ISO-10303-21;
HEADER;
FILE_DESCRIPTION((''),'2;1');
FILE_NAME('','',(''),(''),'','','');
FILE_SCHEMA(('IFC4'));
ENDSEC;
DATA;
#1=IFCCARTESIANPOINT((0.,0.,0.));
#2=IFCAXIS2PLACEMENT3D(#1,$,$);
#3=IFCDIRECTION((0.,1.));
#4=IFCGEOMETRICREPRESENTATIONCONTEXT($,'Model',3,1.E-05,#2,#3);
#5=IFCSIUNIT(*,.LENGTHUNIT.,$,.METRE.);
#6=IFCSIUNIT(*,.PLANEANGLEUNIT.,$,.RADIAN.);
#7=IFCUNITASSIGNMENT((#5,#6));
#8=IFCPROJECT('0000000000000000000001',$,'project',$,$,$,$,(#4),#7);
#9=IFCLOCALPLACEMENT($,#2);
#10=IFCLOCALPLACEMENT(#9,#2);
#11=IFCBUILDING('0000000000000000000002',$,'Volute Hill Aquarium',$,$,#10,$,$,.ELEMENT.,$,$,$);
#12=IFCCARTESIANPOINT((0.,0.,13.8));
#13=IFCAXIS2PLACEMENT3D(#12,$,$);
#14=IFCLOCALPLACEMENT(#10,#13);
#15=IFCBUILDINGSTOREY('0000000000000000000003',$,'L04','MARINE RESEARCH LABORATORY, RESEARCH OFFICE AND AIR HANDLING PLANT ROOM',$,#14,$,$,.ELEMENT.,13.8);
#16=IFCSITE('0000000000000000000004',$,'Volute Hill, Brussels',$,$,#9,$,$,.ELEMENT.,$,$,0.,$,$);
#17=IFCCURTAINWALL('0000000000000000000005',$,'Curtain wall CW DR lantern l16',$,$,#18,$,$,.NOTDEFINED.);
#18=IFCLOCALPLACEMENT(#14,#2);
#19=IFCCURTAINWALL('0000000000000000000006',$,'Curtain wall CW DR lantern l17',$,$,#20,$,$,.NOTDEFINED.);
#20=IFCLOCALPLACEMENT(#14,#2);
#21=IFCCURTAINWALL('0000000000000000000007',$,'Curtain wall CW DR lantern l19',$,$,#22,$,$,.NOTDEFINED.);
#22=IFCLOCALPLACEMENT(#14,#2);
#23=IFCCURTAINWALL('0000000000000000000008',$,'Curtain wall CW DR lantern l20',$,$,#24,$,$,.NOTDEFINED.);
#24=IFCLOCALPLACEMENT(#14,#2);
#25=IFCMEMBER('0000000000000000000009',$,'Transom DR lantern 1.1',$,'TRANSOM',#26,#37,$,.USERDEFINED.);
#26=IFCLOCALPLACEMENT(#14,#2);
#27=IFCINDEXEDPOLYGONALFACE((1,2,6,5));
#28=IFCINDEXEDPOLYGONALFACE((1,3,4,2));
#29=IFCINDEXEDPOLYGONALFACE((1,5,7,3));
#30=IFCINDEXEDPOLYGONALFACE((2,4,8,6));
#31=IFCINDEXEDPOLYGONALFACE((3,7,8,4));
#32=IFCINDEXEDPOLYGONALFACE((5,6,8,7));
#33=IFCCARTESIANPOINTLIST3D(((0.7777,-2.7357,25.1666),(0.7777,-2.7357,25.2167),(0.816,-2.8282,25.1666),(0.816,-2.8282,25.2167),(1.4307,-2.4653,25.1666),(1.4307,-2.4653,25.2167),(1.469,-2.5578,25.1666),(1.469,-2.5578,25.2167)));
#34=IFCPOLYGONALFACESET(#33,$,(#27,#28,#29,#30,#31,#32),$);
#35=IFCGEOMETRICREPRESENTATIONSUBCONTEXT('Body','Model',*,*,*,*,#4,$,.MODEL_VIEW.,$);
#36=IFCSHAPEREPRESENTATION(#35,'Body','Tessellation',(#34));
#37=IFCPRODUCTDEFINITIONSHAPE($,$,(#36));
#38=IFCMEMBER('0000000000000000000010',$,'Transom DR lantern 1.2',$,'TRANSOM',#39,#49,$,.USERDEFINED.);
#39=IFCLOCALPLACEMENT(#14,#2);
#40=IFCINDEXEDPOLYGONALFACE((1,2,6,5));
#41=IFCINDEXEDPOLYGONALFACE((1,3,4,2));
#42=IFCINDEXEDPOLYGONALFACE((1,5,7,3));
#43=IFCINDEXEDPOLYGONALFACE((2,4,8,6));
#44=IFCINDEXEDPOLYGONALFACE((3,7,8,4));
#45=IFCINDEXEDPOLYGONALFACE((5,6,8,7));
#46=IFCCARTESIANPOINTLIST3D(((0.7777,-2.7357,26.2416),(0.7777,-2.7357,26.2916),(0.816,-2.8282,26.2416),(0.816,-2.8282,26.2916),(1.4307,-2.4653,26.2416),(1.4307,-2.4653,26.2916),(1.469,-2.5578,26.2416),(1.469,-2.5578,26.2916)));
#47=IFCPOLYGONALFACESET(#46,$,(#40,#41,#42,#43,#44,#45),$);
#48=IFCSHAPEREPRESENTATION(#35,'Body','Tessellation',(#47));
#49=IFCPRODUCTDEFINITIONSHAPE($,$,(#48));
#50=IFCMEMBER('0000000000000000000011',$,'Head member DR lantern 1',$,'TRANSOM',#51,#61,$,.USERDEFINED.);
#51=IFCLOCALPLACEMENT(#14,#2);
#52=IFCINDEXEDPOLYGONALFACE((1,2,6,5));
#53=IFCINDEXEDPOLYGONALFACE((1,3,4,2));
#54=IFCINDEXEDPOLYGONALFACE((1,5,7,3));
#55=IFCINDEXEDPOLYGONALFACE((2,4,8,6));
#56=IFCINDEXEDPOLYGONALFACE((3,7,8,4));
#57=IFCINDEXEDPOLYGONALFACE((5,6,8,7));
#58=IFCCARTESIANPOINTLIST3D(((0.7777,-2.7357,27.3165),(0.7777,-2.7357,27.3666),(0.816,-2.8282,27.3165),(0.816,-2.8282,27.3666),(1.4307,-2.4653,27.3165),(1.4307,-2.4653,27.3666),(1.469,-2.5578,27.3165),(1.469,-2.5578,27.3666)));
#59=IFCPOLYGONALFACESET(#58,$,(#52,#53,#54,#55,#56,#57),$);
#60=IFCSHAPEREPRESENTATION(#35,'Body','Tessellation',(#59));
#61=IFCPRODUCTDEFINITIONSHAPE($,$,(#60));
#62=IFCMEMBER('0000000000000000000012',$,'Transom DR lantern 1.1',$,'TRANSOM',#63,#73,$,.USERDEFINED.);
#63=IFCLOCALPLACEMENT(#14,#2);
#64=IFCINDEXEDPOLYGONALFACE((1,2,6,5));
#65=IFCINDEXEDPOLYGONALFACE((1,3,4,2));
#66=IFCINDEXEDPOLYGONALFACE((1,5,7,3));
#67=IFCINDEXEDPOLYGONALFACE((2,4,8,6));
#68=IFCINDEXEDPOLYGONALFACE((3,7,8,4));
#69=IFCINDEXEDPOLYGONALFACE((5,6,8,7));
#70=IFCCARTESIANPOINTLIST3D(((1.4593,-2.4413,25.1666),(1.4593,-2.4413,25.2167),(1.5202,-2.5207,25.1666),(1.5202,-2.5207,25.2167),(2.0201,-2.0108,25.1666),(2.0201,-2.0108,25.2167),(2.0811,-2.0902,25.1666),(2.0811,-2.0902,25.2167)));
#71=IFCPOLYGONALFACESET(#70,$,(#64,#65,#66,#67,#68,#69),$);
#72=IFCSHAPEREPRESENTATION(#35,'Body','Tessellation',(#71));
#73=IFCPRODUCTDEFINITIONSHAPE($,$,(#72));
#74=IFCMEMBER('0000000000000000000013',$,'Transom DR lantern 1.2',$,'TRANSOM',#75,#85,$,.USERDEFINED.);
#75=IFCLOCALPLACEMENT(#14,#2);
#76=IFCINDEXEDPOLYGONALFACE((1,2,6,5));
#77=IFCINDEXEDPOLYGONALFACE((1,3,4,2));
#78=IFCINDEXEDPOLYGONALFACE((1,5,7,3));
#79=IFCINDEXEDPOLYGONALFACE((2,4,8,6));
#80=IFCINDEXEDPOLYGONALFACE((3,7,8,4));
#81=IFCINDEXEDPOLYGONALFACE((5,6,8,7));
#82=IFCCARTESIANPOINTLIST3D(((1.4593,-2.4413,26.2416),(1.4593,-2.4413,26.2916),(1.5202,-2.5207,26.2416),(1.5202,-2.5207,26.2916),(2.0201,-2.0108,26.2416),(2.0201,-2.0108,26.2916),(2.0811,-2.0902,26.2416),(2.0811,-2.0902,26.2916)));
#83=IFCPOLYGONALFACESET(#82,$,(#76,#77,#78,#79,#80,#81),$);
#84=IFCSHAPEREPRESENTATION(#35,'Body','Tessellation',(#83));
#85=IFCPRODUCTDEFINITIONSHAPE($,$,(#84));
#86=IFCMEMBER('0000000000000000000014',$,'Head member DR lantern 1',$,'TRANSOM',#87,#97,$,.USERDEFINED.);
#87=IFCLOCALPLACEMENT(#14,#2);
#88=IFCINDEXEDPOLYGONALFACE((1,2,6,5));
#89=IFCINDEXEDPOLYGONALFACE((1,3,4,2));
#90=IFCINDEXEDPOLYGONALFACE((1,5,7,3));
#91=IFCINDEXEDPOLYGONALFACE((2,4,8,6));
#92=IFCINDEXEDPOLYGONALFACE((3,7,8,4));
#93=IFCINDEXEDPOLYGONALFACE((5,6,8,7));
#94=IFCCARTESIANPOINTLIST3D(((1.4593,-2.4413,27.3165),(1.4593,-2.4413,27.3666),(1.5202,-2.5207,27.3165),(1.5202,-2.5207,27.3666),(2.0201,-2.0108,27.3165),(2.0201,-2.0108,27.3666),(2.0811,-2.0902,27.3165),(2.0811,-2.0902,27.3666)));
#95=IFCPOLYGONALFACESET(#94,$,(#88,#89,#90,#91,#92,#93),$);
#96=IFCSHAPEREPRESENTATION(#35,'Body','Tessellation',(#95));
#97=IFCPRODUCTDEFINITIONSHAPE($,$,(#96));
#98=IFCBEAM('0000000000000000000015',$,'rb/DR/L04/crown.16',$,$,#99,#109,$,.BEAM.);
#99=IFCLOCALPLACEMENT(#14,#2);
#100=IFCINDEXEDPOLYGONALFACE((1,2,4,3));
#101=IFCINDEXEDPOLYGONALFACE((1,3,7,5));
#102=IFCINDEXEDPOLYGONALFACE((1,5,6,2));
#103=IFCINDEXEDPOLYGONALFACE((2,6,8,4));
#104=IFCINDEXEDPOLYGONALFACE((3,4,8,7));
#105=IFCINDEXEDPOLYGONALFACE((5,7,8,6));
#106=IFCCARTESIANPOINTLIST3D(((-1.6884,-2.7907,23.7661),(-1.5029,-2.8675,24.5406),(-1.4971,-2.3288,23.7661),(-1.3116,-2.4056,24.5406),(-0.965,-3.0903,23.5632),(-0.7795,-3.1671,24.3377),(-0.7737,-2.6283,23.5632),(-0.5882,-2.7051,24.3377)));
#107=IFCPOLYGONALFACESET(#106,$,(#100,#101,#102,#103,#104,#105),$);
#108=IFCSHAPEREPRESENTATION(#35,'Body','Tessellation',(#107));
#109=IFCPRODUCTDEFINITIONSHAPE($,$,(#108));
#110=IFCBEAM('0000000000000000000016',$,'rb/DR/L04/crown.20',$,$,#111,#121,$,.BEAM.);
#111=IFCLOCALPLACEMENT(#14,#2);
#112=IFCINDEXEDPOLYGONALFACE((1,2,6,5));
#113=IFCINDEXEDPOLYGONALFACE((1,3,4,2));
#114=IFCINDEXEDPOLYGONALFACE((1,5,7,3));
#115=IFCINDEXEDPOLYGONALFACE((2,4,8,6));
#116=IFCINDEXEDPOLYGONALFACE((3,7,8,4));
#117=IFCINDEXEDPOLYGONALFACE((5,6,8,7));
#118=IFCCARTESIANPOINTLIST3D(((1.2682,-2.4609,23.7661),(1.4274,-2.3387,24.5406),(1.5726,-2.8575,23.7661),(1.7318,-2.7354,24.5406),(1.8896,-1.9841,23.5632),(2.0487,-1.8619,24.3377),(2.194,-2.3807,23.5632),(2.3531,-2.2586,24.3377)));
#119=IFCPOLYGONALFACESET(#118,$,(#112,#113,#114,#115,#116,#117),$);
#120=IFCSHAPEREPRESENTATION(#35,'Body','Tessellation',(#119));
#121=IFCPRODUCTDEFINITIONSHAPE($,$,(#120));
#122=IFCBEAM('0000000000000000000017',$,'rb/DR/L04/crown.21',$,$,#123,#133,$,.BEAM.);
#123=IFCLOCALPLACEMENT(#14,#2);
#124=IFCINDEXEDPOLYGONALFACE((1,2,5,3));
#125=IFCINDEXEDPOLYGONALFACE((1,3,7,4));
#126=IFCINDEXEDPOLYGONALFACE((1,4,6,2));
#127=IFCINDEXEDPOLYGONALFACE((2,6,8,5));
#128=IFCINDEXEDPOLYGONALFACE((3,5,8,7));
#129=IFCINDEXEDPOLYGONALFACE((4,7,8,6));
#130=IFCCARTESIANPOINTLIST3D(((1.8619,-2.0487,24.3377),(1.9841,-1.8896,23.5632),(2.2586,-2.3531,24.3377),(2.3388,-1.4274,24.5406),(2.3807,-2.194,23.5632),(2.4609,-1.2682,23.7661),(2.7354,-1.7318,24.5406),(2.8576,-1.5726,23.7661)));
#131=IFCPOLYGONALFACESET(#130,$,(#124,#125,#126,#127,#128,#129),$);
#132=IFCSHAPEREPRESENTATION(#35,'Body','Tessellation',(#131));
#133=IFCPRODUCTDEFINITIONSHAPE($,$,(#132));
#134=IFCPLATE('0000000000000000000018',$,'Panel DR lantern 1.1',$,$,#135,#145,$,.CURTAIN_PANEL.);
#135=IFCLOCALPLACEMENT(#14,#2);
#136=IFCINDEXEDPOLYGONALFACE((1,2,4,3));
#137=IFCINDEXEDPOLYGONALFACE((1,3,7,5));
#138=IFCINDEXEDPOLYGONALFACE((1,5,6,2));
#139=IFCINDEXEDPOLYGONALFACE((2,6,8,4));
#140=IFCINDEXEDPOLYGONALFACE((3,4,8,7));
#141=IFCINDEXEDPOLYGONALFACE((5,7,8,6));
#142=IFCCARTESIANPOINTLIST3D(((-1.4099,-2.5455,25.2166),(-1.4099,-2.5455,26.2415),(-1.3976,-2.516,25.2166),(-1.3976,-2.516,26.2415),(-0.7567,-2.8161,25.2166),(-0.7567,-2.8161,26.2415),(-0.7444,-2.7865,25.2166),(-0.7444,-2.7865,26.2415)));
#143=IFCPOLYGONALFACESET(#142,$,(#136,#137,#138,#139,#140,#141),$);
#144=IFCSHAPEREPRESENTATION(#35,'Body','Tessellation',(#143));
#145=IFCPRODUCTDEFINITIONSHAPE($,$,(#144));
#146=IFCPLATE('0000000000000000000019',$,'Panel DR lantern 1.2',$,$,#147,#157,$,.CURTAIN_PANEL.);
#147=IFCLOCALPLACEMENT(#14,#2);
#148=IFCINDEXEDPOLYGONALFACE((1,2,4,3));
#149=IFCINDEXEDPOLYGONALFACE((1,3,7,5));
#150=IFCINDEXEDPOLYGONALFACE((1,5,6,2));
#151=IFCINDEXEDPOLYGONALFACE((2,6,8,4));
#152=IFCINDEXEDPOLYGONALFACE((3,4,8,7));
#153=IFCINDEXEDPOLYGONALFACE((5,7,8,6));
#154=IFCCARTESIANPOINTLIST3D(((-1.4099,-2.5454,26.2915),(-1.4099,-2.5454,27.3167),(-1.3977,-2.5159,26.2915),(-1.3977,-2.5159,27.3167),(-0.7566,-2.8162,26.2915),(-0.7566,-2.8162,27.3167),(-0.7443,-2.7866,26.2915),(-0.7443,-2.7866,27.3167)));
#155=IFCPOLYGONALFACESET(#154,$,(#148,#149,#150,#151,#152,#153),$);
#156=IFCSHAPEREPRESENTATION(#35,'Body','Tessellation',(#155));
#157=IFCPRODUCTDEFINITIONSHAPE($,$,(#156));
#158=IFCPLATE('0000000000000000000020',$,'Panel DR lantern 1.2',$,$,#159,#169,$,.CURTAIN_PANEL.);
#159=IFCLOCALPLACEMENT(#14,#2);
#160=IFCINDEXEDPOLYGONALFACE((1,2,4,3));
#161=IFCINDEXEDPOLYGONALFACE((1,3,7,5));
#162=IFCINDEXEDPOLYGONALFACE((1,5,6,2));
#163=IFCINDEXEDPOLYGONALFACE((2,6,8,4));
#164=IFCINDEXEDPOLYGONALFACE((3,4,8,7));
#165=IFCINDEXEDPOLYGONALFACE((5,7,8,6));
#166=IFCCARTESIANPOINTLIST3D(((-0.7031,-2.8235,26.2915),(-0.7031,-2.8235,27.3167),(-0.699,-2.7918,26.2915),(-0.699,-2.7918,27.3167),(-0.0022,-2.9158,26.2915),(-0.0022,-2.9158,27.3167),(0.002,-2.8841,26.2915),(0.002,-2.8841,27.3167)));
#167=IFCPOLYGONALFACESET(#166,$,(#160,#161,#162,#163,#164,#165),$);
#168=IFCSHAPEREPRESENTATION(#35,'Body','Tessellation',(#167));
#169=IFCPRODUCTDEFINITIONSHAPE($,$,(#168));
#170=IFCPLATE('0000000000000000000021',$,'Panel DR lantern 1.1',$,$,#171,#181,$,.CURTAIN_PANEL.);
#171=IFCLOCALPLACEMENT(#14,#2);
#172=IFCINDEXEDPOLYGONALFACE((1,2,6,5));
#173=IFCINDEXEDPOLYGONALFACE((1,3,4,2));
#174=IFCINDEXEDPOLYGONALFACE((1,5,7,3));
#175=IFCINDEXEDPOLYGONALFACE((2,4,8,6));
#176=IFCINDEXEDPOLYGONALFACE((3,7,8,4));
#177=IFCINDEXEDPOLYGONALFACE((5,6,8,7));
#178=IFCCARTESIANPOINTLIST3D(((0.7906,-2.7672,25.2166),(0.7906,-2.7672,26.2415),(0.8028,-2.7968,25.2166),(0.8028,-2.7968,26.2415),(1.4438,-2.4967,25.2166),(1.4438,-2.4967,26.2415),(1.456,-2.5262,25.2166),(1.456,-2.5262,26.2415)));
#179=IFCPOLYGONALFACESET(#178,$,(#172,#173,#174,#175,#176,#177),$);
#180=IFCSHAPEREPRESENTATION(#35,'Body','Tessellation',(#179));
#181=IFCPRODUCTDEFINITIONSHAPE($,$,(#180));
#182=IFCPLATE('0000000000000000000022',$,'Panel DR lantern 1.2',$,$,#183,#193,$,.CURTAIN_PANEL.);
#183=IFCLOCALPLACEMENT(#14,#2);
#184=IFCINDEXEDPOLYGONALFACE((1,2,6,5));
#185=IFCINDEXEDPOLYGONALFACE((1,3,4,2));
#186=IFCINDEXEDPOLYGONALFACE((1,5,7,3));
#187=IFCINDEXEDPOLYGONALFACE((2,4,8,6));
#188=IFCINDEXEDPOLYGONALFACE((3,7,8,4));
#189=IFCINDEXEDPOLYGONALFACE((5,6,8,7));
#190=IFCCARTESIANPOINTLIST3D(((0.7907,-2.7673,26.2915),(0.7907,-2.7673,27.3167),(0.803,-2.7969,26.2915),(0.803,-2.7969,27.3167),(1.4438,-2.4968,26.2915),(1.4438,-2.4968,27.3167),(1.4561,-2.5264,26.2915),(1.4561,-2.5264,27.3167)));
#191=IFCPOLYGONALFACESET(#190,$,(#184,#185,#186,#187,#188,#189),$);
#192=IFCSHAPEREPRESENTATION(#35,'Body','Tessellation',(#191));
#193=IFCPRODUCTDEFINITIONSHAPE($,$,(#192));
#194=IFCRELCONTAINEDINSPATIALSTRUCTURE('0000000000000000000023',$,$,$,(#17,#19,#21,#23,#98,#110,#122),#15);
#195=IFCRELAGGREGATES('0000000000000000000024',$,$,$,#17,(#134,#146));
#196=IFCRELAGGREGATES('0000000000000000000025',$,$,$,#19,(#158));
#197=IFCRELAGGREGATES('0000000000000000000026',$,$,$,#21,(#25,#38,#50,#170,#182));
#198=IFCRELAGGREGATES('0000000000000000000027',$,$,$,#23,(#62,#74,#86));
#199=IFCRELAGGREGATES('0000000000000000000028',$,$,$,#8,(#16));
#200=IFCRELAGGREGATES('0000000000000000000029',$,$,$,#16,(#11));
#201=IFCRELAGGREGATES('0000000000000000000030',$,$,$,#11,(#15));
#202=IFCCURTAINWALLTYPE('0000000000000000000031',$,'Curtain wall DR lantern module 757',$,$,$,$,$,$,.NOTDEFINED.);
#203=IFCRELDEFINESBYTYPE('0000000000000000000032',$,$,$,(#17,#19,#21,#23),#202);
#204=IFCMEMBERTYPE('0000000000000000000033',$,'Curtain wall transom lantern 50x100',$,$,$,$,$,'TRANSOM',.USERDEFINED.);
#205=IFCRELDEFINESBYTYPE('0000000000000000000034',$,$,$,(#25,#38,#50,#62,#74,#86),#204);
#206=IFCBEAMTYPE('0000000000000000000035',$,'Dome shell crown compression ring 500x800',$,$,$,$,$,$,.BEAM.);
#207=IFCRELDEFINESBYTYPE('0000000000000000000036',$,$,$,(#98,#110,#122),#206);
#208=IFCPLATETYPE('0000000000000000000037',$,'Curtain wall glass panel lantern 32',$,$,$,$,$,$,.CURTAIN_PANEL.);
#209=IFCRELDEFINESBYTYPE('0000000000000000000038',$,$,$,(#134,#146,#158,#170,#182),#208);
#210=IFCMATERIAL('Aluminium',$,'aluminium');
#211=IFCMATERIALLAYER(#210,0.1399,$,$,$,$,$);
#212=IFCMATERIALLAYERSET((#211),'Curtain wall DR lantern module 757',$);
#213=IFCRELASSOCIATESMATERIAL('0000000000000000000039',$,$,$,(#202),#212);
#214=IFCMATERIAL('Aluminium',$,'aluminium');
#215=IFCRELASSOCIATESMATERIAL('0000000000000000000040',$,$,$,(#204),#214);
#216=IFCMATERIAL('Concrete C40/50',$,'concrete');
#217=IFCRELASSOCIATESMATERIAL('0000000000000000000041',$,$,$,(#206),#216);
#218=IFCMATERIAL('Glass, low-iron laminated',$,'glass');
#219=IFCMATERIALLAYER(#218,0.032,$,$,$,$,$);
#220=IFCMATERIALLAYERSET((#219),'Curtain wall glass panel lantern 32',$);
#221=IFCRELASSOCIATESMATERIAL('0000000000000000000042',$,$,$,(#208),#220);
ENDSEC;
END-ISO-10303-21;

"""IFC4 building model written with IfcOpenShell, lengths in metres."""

from ifc_helpers import new_model, si_unit, direction, frame, origin, origin_2d, place, context, subcontext, project, spatial, polyline, rectangle, outline, extrude, material, layer, layer_set, material_profile, profile_set, type_object, element, aggregate, save


model = new_model("IFC4")

# Units and contexts
model_context = context("Model", 3, precision=1e-05, world=origin(), true_north=direction((0.0, 1.0)))
body_context = subcontext(model_context, "Body", "Model", "MODEL_VIEW")
ifc_project = project(units=[si_unit("LENGTHUNIT", "METRE"), si_unit("PLANEANGLEUNIT", "RADIAN")], contexts=[model_context])

# Site, building, storey
site_placement = place(None, origin())
site = spatial("IfcSite", under=ifc_project, at=site_placement, Name="Volute Hill, Brussels", CompositionType="ELEMENT", RefElevation=0.0)
building_placement = place(site_placement, origin())
building = spatial("IfcBuilding", under=site, at=building_placement, Name="Volute Hill Aquarium", CompositionType="ELEMENT")
storey_placement = place(building_placement, frame((0.0, 0.0, 13.8)))
storey = spatial("IfcBuildingStorey", under=building, at=storey_placement, Name="L04", Description="MARINE RESEARCH LABORATORY, RESEARCH OFFICE AND AIR HANDLING PLANT ROOM", CompositionType="ELEMENT", Elevation=13.8)

# Curtain walls
ifc_material_1 = material(Name="Aluminium", Category="aluminium")
ifc_layer_1 = layer(ifc_material_1, 0.1399)
ifc_layer_set_1 = layer_set([ifc_layer_1], Name="Curtain wall DR lantern module 757")
curtain_wall_type = type_object("IfcCurtainWallType", Name="Curtain wall DR lantern module 757", PredefinedType="NOTDEFINED", material=ifc_layer_set_1)
curtain_wall_1_placement = place(storey_placement, origin())
curtain_wall_1 = element("IfcCurtainWall", 1, at=curtain_wall_1_placement, inside=storey, type_object=curtain_wall_type, Name="Curtain wall CW DR lantern l16", PredefinedType="NOTDEFINED")
curtain_wall_2_placement = place(storey_placement, origin())
curtain_wall_2 = element("IfcCurtainWall", 2, at=curtain_wall_2_placement, inside=storey, type_object=curtain_wall_type, Name="Curtain wall CW DR lantern l17", PredefinedType="NOTDEFINED")
curtain_wall_3_placement = place(storey_placement, origin())
curtain_wall_3 = element("IfcCurtainWall", 3, at=curtain_wall_3_placement, inside=storey, type_object=curtain_wall_type, Name="Curtain wall CW DR lantern l19", PredefinedType="NOTDEFINED")
curtain_wall_4_placement = place(storey_placement, origin())
curtain_wall_4 = element("IfcCurtainWall", 4, at=curtain_wall_4_placement, inside=storey, type_object=curtain_wall_type, Name="Curtain wall CW DR lantern l20", PredefinedType="NOTDEFINED")

# Members
ifc_material_2 = material(Name="Aluminium", Category="aluminium")
ifc_material_profile_1 = material_profile(ifc_material_2, rectangle(XDim=0.1001, YDim=0.05, at=origin_2d()), Name="Curtain wall transom lantern 50x100")
ifc_profile_set_1 = profile_set([ifc_material_profile_1], Name="Aluminium")
member_type_1 = type_object("IfcMemberType", Name="Curtain wall transom lantern 50x100", ElementType="TRANSOM", PredefinedType="USERDEFINED", material=ifc_profile_set_1)
member_1_placement = place(storey_placement, frame((0.7969, -2.782, 25.1917), z_axis=(0.923882, 0.382677, 0.0), x_axis=(-0.382677, 0.923882, 0.0)))
member_1 = element("IfcMember", 5, at=member_1_placement, type_object=member_type_1, Name="Transom DR lantern 1.1", ObjectType="TRANSOM", PredefinedType="USERDEFINED", context=body_context, shape_type="SweptSolid", body=[
    extrude(rectangle(XDim=0.1001, YDim=0.05, at=origin_2d()), origin(), (0.0, 0.0, 1.0), 0.7068),
])
member_2_placement = place(storey_placement, frame((0.7969, -2.782, 26.2666), z_axis=(0.923882, 0.382677, 0.0), x_axis=(-0.382677, 0.923882, 0.0)))
member_2 = element("IfcMember", 6, at=member_2_placement, type_object=member_type_1, Name="Transom DR lantern 1.2", ObjectType="TRANSOM", PredefinedType="USERDEFINED", context=body_context, shape_type="SweptSolid", body=[
    extrude(rectangle(XDim=0.1001, YDim=0.05, at=origin_2d()), origin(), (0.0, 0.0, 1.0), 0.7068),
])
member_3_placement = place(storey_placement, frame((0.7969, -2.782, 27.3416), z_axis=(0.923882, 0.382677, 0.0), x_axis=(-0.382677, 0.923882, 0.0)))
member_3 = element("IfcMember", 7, at=member_3_placement, type_object=member_type_1, Name="Head member DR lantern 1", ObjectType="TRANSOM", PredefinedType="USERDEFINED", context=body_context, shape_type="SweptSolid", body=[
    extrude(rectangle(XDim=0.1001, YDim=0.05, at=origin_2d()), origin(), (0.0, 0.0, 1.0), 0.7068),
])
member_4_placement = place(storey_placement, frame((1.4897, -2.481, 25.1917), z_axis=(0.793278, 0.608859, 0.0), x_axis=(-0.608859, 0.793278, 0.0)))
member_4 = element("IfcMember", 8, at=member_4_placement, type_object=member_type_1, Name="Transom DR lantern 1.1", ObjectType="TRANSOM", PredefinedType="USERDEFINED", context=body_context, shape_type="SweptSolid", body=[
    extrude(rectangle(XDim=0.1001, YDim=0.05, at=origin_2d()), origin(), (0.0, 0.0, 1.0), 0.707),
])
member_5_placement = place(storey_placement, frame((1.4897, -2.481, 26.2666), z_axis=(0.793278, 0.608859, 0.0), x_axis=(-0.608859, 0.793278, 0.0)))
member_5 = element("IfcMember", 9, at=member_5_placement, type_object=member_type_1, Name="Transom DR lantern 1.2", ObjectType="TRANSOM", PredefinedType="USERDEFINED", context=body_context, shape_type="SweptSolid", body=[
    extrude(rectangle(XDim=0.1001, YDim=0.05, at=origin_2d()), origin(), (0.0, 0.0, 1.0), 0.707),
])
member_6_placement = place(storey_placement, frame((1.4897, -2.481, 27.3416), z_axis=(0.793278, 0.608859, 0.0), x_axis=(-0.608859, 0.793278, 0.0)))
member_6 = element("IfcMember", 10, at=member_6_placement, type_object=member_type_1, Name="Head member DR lantern 1", ObjectType="TRANSOM", PredefinedType="USERDEFINED", context=body_context, shape_type="SweptSolid", body=[
    extrude(rectangle(XDim=0.1001, YDim=0.05, at=origin_2d()), origin(), (0.0, 0.0, 1.0), 0.707),
])

# Beams
ifc_material_3 = material(Name="Concrete C40/50", Category="concrete")
ifc_material_profile_2 = material_profile(ifc_material_3, rectangle(XDim=0.5, YDim=0.8, at=origin_2d()), Name="RC beam 500x800")
ifc_profile_set_2 = profile_set([ifc_material_profile_2], Name="Concrete C40/50")
beam_type = type_object("IfcBeamType", Name="Dome shell crown compression ring 500x800", PredefinedType="BEAM", material=ifc_profile_set_2)
beam_placement = place(storey_placement, frame((-1.5, -2.5981, 24.1533), z_axis=(0.894376, -0.370368, -0.250836), x_axis=(0.3826, 0.923914, 0.0)))
element("IfcBeam", 11, at=beam_placement, inside=storey, type_object=beam_type, Name="rb/DR/L04/crown.16", PredefinedType="BEAM", context=body_context, shape_type="SweptSolid", body=[
    extrude(rectangle(XDim=0.5, YDim=0.8, at=origin_2d()), origin(), (0.0, 0.0, 1.0), 0.8088),
])
for number, where, z_axis, x_axis, name in (
    (12, (1.5, -2.5981, 24.1533), (0.767982, 0.58934, -0.250764), (-0.608791, 0.79333, 0.0), "rb/DR/L04/crown.20"),
    (13, (2.1213, -2.1213, 23.9504), (0.58934, 0.767982, 0.250764), (-0.79333, 0.608791, 0.0), "rb/DR/L04/crown.21"),
):
    element("IfcBeam", number, at=place(storey_placement, frame(where, z_axis=z_axis, x_axis=x_axis)), inside=storey, type_object=beam_type, Name=name, PredefinedType="BEAM", context=body_context, shape_type="SweptSolid", body=[
        extrude(rectangle(XDim=0.5, YDim=0.8, at=origin_2d()), origin(), (0.0, 0.0, 1.0), 0.8091),
    ])

# Plates
ifc_material_4 = material(Name="Glass, low-iron laminated", Category="glass")
ifc_layer_2 = layer(ifc_material_4, 0.032)
ifc_layer_set_2 = layer_set([ifc_layer_2], Name="Curtain wall glass panel lantern 32")
plate_type = type_object("IfcPlateType", Name="Curtain wall glass panel lantern 32", PredefinedType="CURTAIN_PANEL", material=ifc_layer_set_2)
plate_1_placement = place(storey_placement, frame((-1.0771, -2.666, 25.2166), z_axis=(0.0, 0.0, 1.0), x_axis=(0.92388, -0.382682, 0.0)))
plate_1 = element("IfcPlate", 14, at=plate_1_placement, type_object=plate_type, Name="Panel DR lantern 1.1", PredefinedType="CURTAIN_PANEL", context=body_context, shape_type="SweptSolid", body=[
    extrude(rectangle(XDim=0.707, YDim=0.032, at=origin_2d()), origin(), (0.0, 0.0, 1.0), 1.0249),
])
plate_2_placement = place(storey_placement, frame((-1.4099, -2.5454, 26.2915), z_axis=(-0.38285, -0.923811, 0.0), x_axis=(0.923811, -0.38285, 0.0)))
plate_2 = element("IfcPlate", 15, at=plate_2_placement, type_object=plate_type, Name="Panel DR lantern 1.2", PredefinedType="CURTAIN_PANEL", context=body_context, shape_type="SweptSolid", body=[
    extrude(outline(polyline([(0.0, 0.0), (0.7072, 0.0), (0.7072, 1.0251), (0.0, 1.0251), (0.0, 0.0)])), origin(), (0.0, 0.0, -1.0), 0.032),
])
aggregate(curtain_wall_1, [plate_1, plate_2])
plate_3_placement = place(storey_placement, frame((-0.7031, -2.8235, 26.2915), z_axis=(-0.130535, -0.991444, 0.0), x_axis=(0.991444, -0.130535, 0.0)))
plate_3 = element("IfcPlate", 16, at=plate_3_placement, type_object=plate_type, Name="Panel DR lantern 1.2", PredefinedType="CURTAIN_PANEL", context=body_context, shape_type="SweptSolid", body=[
    extrude(outline(polyline([(0.0, 0.0), (0.707, 0.0), (0.707, 1.0251), (0.0, 1.0251), (0.0, 0.0)])), origin(), (0.0, 0.0, -1.0), 0.032),
])
aggregate(curtain_wall_2, [plate_3])
plate_4_placement = place(storey_placement, frame((1.1233, -2.6467, 25.2166), z_axis=(0.0, 0.0, 1.0), x_axis=(0.92388, 0.382682, 0.0)))
plate_4 = element("IfcPlate", 17, at=plate_4_placement, type_object=plate_type, Name="Panel DR lantern 1.1", PredefinedType="CURTAIN_PANEL", context=body_context, shape_type="SweptSolid", body=[
    extrude(rectangle(XDim=0.707, YDim=0.032, at=origin_2d()), origin(), (0.0, 0.0, 1.0), 1.0249),
])
plate_5_placement = place(storey_placement, frame((0.803, -2.7969, 26.2915), z_axis=(0.382677, -0.923882, 0.0), x_axis=(0.923882, 0.382677, 0.0)))
plate_5 = element("IfcPlate", 18, at=plate_5_placement, type_object=plate_type, Name="Panel DR lantern 1.2", PredefinedType="CURTAIN_PANEL", context=body_context, shape_type="SweptSolid", body=[
    extrude(outline(polyline([(0.0, 0.0), (0.7069, 0.0), (0.7069, 1.0251), (0.0, 1.0251), (0.0, 0.0)])), origin(), (0.0, 0.0, -1.0), 0.032),
])
aggregate(curtain_wall_3, [member_1, member_2, member_3, plate_4, plate_5])
aggregate(curtain_wall_4, [member_4, member_5, member_6])

save(model, "model.ifc")
